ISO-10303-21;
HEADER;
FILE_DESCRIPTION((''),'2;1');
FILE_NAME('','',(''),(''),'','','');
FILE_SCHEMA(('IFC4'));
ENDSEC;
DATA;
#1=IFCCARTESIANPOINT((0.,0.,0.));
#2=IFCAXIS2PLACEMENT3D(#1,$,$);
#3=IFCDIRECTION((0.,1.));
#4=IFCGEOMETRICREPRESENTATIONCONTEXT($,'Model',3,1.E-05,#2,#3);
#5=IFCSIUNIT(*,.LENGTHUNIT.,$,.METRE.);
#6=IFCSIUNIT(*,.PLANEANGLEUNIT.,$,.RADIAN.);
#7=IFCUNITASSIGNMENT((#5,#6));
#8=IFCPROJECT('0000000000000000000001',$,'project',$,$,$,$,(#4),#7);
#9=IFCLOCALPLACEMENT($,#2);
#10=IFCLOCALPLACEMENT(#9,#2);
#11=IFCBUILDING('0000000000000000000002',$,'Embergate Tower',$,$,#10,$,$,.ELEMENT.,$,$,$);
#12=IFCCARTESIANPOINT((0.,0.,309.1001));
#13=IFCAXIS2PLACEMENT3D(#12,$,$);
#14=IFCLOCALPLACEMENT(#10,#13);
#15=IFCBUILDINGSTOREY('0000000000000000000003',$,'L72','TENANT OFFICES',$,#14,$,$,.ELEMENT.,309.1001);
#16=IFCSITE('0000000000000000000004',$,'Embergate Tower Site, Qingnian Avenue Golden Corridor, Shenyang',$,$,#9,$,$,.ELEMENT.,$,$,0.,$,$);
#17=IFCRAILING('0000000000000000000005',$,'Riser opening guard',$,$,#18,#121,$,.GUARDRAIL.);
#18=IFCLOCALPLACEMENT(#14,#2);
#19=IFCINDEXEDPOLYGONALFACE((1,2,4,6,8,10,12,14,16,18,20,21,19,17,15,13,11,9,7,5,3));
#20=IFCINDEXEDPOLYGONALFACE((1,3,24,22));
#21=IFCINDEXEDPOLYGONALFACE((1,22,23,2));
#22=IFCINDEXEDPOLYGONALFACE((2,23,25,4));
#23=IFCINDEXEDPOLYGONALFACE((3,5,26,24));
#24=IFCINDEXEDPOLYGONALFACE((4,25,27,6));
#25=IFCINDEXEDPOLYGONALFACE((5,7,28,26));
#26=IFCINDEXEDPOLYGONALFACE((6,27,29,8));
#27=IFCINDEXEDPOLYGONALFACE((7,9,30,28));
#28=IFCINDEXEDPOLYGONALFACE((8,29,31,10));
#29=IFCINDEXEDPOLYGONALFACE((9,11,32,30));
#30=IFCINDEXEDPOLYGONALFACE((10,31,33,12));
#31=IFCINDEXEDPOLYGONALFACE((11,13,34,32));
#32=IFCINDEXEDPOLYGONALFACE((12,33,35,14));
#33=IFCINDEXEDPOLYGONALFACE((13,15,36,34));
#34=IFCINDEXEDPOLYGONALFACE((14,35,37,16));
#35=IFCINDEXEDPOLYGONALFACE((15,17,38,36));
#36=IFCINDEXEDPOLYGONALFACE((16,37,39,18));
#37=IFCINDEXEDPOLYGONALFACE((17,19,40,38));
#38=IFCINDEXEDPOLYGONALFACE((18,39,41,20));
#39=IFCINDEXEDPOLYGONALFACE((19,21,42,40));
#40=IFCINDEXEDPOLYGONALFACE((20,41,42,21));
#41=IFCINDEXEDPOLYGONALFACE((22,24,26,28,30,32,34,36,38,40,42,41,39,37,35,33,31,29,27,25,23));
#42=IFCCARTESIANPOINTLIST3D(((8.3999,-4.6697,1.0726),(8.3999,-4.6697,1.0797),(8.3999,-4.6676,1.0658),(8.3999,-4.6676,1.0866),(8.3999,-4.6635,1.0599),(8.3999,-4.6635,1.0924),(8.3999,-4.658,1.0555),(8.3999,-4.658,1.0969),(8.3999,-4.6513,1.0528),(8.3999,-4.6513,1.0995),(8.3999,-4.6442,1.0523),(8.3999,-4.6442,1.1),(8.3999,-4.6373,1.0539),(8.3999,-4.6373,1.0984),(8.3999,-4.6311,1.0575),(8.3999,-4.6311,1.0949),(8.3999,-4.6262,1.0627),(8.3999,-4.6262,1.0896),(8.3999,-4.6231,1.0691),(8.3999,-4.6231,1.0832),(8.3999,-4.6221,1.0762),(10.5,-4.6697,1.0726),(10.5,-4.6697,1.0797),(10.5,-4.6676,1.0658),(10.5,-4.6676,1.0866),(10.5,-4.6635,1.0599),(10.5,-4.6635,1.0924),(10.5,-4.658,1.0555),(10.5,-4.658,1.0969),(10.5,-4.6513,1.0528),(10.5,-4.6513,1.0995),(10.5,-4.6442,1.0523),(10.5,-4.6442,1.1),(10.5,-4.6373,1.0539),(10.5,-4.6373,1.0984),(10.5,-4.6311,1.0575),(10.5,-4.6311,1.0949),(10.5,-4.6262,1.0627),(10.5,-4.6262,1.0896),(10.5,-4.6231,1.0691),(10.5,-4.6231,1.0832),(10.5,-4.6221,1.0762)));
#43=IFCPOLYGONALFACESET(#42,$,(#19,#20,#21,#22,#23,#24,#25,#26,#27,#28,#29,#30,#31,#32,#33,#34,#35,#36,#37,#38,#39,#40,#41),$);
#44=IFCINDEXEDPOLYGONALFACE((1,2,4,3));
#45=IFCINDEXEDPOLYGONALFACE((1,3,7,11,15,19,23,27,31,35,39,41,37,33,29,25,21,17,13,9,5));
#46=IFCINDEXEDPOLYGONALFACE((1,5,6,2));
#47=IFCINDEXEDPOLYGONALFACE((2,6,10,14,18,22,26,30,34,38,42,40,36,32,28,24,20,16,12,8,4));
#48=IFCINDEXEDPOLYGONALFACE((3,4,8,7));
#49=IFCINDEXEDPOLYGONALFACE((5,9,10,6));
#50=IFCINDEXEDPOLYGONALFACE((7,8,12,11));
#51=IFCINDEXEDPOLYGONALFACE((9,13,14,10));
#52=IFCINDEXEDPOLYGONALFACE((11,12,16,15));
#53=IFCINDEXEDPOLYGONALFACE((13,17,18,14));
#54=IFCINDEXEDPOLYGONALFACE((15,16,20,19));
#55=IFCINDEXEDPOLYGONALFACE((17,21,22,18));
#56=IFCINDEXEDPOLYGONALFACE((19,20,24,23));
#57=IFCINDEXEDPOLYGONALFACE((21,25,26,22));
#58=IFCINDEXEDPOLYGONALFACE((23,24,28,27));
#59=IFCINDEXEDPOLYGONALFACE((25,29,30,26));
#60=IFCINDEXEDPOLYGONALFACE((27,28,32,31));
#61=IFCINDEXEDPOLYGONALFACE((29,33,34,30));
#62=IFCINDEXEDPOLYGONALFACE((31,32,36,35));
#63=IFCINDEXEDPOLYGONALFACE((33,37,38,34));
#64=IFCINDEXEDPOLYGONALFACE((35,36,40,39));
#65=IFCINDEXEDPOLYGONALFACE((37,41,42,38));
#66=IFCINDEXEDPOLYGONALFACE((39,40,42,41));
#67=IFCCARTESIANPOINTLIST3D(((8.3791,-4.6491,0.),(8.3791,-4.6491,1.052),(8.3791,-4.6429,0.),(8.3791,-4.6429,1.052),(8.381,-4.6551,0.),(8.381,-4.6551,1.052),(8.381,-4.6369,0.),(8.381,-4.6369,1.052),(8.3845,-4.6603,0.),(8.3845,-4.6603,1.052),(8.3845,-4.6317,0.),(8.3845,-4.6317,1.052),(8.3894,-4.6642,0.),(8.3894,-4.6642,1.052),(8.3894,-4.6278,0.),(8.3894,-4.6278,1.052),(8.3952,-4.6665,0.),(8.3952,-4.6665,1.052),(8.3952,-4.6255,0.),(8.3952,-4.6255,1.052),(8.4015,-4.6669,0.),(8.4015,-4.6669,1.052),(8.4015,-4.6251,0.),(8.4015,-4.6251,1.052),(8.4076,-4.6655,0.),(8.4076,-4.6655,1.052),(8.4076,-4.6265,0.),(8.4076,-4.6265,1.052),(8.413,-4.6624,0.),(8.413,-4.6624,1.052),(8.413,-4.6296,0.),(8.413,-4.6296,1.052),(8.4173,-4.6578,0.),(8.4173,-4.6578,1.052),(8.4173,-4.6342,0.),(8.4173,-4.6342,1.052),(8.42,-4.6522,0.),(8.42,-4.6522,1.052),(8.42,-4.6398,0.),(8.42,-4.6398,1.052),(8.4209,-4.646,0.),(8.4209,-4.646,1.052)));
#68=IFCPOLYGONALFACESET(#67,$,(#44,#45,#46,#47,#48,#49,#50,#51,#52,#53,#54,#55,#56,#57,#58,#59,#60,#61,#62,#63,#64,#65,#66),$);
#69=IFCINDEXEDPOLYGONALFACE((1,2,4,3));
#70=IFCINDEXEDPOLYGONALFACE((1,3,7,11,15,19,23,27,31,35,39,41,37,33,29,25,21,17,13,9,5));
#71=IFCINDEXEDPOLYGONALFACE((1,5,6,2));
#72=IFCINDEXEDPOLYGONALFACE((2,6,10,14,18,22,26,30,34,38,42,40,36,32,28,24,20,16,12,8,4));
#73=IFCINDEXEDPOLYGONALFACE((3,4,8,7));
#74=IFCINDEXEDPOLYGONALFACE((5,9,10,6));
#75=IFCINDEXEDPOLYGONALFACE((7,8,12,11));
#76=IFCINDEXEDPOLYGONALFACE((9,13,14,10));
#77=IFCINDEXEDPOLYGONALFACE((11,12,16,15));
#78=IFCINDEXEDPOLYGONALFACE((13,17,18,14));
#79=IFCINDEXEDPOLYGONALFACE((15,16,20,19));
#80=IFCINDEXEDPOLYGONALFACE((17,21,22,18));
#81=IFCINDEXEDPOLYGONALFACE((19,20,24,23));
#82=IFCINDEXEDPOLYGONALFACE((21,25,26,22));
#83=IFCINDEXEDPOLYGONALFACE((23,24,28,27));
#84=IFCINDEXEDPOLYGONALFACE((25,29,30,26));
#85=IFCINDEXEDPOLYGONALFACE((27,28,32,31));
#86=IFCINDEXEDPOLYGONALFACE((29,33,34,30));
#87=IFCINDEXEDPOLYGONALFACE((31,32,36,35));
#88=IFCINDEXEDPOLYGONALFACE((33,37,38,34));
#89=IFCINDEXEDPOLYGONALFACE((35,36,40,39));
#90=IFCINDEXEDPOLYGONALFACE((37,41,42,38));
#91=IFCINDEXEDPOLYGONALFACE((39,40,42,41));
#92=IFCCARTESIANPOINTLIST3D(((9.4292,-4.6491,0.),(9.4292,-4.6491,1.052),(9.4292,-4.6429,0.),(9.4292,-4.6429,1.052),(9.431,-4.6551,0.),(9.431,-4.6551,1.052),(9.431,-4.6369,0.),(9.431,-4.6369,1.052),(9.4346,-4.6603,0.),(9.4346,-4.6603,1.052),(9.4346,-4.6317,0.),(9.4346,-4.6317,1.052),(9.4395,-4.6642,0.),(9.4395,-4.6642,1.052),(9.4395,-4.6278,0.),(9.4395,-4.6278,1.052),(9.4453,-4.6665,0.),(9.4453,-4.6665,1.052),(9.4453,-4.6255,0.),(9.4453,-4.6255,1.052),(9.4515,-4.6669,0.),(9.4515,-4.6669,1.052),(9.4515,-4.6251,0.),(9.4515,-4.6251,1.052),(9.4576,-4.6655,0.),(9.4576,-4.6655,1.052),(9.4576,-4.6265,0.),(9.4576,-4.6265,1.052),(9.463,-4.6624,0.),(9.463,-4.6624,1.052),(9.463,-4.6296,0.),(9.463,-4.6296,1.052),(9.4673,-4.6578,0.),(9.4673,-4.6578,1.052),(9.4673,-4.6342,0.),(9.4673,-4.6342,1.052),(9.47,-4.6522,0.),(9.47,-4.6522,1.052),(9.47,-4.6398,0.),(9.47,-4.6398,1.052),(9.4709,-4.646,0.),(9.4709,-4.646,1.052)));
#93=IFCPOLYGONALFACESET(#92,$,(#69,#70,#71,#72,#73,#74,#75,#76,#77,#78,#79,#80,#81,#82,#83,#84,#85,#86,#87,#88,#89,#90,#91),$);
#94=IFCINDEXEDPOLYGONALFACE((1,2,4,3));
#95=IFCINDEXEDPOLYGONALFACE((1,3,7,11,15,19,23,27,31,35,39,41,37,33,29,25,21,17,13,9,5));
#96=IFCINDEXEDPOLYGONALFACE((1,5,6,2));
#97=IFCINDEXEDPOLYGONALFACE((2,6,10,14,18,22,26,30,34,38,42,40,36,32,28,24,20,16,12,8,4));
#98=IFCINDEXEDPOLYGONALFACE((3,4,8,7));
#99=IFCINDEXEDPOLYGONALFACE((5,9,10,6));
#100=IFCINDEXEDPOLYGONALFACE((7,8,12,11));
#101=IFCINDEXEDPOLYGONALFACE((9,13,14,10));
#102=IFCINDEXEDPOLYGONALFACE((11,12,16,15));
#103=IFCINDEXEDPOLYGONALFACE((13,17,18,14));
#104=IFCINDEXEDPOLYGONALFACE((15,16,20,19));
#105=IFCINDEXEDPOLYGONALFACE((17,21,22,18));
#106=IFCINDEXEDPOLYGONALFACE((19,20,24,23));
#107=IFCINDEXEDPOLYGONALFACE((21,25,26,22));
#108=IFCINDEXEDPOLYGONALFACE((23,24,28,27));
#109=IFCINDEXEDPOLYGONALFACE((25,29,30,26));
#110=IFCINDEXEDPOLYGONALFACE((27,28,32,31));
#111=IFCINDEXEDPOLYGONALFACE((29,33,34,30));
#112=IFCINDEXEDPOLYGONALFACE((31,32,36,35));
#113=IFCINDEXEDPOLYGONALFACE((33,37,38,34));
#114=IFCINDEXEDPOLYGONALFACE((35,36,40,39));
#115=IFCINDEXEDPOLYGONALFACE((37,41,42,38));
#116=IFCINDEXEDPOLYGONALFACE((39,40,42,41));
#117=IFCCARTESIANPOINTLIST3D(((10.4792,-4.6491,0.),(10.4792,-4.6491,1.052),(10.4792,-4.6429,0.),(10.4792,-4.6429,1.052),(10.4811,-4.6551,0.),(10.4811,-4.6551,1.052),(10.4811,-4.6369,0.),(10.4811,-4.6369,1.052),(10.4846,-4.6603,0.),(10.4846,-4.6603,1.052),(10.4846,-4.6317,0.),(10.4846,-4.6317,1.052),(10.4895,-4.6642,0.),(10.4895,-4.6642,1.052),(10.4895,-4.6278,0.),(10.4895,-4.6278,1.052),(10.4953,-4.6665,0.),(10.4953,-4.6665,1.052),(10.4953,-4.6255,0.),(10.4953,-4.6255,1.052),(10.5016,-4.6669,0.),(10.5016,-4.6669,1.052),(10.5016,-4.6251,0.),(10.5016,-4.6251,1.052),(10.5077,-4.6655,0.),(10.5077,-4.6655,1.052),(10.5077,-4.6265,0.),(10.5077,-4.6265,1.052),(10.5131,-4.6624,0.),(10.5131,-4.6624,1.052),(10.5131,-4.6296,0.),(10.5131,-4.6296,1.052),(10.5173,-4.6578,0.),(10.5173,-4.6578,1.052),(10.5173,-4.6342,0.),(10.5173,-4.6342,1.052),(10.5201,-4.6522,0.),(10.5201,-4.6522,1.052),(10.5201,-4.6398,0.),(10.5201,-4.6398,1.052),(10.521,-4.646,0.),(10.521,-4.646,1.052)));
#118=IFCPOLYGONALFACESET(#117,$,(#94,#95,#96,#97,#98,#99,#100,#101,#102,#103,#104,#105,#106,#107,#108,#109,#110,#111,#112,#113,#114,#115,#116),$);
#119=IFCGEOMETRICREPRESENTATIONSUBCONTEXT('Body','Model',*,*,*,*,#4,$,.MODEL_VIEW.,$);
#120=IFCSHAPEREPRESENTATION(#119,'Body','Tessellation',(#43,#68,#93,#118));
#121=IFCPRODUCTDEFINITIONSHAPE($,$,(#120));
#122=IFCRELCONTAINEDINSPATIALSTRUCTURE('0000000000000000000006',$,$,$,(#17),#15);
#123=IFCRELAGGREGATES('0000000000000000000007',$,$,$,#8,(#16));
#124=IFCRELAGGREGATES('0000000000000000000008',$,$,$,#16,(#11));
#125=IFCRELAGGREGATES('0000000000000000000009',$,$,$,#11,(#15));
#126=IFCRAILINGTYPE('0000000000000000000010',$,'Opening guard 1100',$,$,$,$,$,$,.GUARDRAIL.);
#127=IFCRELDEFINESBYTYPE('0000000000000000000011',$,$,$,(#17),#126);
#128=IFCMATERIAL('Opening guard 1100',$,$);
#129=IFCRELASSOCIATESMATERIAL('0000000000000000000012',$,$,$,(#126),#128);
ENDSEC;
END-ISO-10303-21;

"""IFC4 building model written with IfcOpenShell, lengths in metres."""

from ifc_helpers import new_model, si_unit, direction, frame, origin, origin_2d, place, context, subcontext, project, spatial, circle, extrude, source, transform, mapped, material, type_object, element, save


model = new_model("IFC4")

# Units and contexts
model_context = context("Model", 3, precision=1e-05, world=origin(), true_north=direction((0.0, 1.0)))
body_context = subcontext(model_context, "Body", "Model", "MODEL_VIEW")
ifc_project = project(units=[si_unit("LENGTHUNIT", "METRE"), si_unit("PLANEANGLEUNIT", "RADIAN")], contexts=[model_context])

# Site, building, storey
site_placement = place(None, origin())
site = spatial("IfcSite", under=ifc_project, at=site_placement, Name="Embergate Tower Site, Qingnian Avenue Golden Corridor, Shenyang", CompositionType="ELEMENT", RefElevation=0.0)
building_placement = place(site_placement, origin())
building = spatial("IfcBuilding", under=site, at=building_placement, Name="Embergate Tower", CompositionType="ELEMENT")
storey_placement = place(building_placement, frame((0.0, 0.0, 309.1001)))
storey = spatial("IfcBuildingStorey", under=building, at=storey_placement, Name="L72", Description="TENANT OFFICES", CompositionType="ELEMENT", Elevation=309.1001)

# Railing
ifc_material_1 = material(Name="Opening guard 1100")
railing_type_1 = type_object("IfcRailingType", Name="Opening guard 1100", PredefinedType="GUARDRAIL", material=ifc_material_1)
shared_shape_1 = source(origin(), body_context, "Body", "SweptSolid", [
    extrude(circle(Radius=0.0239, at=origin_2d()), frame((0.0, 0.0, 1.0762), z_axis=(1.0, 0.0, 0.0), x_axis=(0.0, 1.0, 0.0)), (0.0, 0.0, 1.0), 2.1001),
    extrude(circle(Radius=0.021, at=origin_2d()), origin(), (0.0, 0.0, 1.0), 1.052),
    extrude(circle(Radius=0.021, at=origin_2d()), frame((1.05, 0.0, 0.0)), (0.0, 0.0, 1.0), 1.052),
    extrude(circle(Radius=0.021, at=origin_2d()), frame((2.1001, 0.0, 0.0)), (0.0, 0.0, 1.0), 1.052),
])
railing_1_placement = place(storey_placement, frame((8.3999, -4.646, 0.0)))
element("IfcRailing", 1, at=railing_1_placement, inside=storey, type_object=railing_type_1, Name="Riser opening guard", PredefinedType="GUARDRAIL", context=body_context, shape_type="MappedRepresentation", body=[
    mapped(shared_shape_1, transform((0.0, 0.0, 0.0))),
])

save(model, "model.ifc")
